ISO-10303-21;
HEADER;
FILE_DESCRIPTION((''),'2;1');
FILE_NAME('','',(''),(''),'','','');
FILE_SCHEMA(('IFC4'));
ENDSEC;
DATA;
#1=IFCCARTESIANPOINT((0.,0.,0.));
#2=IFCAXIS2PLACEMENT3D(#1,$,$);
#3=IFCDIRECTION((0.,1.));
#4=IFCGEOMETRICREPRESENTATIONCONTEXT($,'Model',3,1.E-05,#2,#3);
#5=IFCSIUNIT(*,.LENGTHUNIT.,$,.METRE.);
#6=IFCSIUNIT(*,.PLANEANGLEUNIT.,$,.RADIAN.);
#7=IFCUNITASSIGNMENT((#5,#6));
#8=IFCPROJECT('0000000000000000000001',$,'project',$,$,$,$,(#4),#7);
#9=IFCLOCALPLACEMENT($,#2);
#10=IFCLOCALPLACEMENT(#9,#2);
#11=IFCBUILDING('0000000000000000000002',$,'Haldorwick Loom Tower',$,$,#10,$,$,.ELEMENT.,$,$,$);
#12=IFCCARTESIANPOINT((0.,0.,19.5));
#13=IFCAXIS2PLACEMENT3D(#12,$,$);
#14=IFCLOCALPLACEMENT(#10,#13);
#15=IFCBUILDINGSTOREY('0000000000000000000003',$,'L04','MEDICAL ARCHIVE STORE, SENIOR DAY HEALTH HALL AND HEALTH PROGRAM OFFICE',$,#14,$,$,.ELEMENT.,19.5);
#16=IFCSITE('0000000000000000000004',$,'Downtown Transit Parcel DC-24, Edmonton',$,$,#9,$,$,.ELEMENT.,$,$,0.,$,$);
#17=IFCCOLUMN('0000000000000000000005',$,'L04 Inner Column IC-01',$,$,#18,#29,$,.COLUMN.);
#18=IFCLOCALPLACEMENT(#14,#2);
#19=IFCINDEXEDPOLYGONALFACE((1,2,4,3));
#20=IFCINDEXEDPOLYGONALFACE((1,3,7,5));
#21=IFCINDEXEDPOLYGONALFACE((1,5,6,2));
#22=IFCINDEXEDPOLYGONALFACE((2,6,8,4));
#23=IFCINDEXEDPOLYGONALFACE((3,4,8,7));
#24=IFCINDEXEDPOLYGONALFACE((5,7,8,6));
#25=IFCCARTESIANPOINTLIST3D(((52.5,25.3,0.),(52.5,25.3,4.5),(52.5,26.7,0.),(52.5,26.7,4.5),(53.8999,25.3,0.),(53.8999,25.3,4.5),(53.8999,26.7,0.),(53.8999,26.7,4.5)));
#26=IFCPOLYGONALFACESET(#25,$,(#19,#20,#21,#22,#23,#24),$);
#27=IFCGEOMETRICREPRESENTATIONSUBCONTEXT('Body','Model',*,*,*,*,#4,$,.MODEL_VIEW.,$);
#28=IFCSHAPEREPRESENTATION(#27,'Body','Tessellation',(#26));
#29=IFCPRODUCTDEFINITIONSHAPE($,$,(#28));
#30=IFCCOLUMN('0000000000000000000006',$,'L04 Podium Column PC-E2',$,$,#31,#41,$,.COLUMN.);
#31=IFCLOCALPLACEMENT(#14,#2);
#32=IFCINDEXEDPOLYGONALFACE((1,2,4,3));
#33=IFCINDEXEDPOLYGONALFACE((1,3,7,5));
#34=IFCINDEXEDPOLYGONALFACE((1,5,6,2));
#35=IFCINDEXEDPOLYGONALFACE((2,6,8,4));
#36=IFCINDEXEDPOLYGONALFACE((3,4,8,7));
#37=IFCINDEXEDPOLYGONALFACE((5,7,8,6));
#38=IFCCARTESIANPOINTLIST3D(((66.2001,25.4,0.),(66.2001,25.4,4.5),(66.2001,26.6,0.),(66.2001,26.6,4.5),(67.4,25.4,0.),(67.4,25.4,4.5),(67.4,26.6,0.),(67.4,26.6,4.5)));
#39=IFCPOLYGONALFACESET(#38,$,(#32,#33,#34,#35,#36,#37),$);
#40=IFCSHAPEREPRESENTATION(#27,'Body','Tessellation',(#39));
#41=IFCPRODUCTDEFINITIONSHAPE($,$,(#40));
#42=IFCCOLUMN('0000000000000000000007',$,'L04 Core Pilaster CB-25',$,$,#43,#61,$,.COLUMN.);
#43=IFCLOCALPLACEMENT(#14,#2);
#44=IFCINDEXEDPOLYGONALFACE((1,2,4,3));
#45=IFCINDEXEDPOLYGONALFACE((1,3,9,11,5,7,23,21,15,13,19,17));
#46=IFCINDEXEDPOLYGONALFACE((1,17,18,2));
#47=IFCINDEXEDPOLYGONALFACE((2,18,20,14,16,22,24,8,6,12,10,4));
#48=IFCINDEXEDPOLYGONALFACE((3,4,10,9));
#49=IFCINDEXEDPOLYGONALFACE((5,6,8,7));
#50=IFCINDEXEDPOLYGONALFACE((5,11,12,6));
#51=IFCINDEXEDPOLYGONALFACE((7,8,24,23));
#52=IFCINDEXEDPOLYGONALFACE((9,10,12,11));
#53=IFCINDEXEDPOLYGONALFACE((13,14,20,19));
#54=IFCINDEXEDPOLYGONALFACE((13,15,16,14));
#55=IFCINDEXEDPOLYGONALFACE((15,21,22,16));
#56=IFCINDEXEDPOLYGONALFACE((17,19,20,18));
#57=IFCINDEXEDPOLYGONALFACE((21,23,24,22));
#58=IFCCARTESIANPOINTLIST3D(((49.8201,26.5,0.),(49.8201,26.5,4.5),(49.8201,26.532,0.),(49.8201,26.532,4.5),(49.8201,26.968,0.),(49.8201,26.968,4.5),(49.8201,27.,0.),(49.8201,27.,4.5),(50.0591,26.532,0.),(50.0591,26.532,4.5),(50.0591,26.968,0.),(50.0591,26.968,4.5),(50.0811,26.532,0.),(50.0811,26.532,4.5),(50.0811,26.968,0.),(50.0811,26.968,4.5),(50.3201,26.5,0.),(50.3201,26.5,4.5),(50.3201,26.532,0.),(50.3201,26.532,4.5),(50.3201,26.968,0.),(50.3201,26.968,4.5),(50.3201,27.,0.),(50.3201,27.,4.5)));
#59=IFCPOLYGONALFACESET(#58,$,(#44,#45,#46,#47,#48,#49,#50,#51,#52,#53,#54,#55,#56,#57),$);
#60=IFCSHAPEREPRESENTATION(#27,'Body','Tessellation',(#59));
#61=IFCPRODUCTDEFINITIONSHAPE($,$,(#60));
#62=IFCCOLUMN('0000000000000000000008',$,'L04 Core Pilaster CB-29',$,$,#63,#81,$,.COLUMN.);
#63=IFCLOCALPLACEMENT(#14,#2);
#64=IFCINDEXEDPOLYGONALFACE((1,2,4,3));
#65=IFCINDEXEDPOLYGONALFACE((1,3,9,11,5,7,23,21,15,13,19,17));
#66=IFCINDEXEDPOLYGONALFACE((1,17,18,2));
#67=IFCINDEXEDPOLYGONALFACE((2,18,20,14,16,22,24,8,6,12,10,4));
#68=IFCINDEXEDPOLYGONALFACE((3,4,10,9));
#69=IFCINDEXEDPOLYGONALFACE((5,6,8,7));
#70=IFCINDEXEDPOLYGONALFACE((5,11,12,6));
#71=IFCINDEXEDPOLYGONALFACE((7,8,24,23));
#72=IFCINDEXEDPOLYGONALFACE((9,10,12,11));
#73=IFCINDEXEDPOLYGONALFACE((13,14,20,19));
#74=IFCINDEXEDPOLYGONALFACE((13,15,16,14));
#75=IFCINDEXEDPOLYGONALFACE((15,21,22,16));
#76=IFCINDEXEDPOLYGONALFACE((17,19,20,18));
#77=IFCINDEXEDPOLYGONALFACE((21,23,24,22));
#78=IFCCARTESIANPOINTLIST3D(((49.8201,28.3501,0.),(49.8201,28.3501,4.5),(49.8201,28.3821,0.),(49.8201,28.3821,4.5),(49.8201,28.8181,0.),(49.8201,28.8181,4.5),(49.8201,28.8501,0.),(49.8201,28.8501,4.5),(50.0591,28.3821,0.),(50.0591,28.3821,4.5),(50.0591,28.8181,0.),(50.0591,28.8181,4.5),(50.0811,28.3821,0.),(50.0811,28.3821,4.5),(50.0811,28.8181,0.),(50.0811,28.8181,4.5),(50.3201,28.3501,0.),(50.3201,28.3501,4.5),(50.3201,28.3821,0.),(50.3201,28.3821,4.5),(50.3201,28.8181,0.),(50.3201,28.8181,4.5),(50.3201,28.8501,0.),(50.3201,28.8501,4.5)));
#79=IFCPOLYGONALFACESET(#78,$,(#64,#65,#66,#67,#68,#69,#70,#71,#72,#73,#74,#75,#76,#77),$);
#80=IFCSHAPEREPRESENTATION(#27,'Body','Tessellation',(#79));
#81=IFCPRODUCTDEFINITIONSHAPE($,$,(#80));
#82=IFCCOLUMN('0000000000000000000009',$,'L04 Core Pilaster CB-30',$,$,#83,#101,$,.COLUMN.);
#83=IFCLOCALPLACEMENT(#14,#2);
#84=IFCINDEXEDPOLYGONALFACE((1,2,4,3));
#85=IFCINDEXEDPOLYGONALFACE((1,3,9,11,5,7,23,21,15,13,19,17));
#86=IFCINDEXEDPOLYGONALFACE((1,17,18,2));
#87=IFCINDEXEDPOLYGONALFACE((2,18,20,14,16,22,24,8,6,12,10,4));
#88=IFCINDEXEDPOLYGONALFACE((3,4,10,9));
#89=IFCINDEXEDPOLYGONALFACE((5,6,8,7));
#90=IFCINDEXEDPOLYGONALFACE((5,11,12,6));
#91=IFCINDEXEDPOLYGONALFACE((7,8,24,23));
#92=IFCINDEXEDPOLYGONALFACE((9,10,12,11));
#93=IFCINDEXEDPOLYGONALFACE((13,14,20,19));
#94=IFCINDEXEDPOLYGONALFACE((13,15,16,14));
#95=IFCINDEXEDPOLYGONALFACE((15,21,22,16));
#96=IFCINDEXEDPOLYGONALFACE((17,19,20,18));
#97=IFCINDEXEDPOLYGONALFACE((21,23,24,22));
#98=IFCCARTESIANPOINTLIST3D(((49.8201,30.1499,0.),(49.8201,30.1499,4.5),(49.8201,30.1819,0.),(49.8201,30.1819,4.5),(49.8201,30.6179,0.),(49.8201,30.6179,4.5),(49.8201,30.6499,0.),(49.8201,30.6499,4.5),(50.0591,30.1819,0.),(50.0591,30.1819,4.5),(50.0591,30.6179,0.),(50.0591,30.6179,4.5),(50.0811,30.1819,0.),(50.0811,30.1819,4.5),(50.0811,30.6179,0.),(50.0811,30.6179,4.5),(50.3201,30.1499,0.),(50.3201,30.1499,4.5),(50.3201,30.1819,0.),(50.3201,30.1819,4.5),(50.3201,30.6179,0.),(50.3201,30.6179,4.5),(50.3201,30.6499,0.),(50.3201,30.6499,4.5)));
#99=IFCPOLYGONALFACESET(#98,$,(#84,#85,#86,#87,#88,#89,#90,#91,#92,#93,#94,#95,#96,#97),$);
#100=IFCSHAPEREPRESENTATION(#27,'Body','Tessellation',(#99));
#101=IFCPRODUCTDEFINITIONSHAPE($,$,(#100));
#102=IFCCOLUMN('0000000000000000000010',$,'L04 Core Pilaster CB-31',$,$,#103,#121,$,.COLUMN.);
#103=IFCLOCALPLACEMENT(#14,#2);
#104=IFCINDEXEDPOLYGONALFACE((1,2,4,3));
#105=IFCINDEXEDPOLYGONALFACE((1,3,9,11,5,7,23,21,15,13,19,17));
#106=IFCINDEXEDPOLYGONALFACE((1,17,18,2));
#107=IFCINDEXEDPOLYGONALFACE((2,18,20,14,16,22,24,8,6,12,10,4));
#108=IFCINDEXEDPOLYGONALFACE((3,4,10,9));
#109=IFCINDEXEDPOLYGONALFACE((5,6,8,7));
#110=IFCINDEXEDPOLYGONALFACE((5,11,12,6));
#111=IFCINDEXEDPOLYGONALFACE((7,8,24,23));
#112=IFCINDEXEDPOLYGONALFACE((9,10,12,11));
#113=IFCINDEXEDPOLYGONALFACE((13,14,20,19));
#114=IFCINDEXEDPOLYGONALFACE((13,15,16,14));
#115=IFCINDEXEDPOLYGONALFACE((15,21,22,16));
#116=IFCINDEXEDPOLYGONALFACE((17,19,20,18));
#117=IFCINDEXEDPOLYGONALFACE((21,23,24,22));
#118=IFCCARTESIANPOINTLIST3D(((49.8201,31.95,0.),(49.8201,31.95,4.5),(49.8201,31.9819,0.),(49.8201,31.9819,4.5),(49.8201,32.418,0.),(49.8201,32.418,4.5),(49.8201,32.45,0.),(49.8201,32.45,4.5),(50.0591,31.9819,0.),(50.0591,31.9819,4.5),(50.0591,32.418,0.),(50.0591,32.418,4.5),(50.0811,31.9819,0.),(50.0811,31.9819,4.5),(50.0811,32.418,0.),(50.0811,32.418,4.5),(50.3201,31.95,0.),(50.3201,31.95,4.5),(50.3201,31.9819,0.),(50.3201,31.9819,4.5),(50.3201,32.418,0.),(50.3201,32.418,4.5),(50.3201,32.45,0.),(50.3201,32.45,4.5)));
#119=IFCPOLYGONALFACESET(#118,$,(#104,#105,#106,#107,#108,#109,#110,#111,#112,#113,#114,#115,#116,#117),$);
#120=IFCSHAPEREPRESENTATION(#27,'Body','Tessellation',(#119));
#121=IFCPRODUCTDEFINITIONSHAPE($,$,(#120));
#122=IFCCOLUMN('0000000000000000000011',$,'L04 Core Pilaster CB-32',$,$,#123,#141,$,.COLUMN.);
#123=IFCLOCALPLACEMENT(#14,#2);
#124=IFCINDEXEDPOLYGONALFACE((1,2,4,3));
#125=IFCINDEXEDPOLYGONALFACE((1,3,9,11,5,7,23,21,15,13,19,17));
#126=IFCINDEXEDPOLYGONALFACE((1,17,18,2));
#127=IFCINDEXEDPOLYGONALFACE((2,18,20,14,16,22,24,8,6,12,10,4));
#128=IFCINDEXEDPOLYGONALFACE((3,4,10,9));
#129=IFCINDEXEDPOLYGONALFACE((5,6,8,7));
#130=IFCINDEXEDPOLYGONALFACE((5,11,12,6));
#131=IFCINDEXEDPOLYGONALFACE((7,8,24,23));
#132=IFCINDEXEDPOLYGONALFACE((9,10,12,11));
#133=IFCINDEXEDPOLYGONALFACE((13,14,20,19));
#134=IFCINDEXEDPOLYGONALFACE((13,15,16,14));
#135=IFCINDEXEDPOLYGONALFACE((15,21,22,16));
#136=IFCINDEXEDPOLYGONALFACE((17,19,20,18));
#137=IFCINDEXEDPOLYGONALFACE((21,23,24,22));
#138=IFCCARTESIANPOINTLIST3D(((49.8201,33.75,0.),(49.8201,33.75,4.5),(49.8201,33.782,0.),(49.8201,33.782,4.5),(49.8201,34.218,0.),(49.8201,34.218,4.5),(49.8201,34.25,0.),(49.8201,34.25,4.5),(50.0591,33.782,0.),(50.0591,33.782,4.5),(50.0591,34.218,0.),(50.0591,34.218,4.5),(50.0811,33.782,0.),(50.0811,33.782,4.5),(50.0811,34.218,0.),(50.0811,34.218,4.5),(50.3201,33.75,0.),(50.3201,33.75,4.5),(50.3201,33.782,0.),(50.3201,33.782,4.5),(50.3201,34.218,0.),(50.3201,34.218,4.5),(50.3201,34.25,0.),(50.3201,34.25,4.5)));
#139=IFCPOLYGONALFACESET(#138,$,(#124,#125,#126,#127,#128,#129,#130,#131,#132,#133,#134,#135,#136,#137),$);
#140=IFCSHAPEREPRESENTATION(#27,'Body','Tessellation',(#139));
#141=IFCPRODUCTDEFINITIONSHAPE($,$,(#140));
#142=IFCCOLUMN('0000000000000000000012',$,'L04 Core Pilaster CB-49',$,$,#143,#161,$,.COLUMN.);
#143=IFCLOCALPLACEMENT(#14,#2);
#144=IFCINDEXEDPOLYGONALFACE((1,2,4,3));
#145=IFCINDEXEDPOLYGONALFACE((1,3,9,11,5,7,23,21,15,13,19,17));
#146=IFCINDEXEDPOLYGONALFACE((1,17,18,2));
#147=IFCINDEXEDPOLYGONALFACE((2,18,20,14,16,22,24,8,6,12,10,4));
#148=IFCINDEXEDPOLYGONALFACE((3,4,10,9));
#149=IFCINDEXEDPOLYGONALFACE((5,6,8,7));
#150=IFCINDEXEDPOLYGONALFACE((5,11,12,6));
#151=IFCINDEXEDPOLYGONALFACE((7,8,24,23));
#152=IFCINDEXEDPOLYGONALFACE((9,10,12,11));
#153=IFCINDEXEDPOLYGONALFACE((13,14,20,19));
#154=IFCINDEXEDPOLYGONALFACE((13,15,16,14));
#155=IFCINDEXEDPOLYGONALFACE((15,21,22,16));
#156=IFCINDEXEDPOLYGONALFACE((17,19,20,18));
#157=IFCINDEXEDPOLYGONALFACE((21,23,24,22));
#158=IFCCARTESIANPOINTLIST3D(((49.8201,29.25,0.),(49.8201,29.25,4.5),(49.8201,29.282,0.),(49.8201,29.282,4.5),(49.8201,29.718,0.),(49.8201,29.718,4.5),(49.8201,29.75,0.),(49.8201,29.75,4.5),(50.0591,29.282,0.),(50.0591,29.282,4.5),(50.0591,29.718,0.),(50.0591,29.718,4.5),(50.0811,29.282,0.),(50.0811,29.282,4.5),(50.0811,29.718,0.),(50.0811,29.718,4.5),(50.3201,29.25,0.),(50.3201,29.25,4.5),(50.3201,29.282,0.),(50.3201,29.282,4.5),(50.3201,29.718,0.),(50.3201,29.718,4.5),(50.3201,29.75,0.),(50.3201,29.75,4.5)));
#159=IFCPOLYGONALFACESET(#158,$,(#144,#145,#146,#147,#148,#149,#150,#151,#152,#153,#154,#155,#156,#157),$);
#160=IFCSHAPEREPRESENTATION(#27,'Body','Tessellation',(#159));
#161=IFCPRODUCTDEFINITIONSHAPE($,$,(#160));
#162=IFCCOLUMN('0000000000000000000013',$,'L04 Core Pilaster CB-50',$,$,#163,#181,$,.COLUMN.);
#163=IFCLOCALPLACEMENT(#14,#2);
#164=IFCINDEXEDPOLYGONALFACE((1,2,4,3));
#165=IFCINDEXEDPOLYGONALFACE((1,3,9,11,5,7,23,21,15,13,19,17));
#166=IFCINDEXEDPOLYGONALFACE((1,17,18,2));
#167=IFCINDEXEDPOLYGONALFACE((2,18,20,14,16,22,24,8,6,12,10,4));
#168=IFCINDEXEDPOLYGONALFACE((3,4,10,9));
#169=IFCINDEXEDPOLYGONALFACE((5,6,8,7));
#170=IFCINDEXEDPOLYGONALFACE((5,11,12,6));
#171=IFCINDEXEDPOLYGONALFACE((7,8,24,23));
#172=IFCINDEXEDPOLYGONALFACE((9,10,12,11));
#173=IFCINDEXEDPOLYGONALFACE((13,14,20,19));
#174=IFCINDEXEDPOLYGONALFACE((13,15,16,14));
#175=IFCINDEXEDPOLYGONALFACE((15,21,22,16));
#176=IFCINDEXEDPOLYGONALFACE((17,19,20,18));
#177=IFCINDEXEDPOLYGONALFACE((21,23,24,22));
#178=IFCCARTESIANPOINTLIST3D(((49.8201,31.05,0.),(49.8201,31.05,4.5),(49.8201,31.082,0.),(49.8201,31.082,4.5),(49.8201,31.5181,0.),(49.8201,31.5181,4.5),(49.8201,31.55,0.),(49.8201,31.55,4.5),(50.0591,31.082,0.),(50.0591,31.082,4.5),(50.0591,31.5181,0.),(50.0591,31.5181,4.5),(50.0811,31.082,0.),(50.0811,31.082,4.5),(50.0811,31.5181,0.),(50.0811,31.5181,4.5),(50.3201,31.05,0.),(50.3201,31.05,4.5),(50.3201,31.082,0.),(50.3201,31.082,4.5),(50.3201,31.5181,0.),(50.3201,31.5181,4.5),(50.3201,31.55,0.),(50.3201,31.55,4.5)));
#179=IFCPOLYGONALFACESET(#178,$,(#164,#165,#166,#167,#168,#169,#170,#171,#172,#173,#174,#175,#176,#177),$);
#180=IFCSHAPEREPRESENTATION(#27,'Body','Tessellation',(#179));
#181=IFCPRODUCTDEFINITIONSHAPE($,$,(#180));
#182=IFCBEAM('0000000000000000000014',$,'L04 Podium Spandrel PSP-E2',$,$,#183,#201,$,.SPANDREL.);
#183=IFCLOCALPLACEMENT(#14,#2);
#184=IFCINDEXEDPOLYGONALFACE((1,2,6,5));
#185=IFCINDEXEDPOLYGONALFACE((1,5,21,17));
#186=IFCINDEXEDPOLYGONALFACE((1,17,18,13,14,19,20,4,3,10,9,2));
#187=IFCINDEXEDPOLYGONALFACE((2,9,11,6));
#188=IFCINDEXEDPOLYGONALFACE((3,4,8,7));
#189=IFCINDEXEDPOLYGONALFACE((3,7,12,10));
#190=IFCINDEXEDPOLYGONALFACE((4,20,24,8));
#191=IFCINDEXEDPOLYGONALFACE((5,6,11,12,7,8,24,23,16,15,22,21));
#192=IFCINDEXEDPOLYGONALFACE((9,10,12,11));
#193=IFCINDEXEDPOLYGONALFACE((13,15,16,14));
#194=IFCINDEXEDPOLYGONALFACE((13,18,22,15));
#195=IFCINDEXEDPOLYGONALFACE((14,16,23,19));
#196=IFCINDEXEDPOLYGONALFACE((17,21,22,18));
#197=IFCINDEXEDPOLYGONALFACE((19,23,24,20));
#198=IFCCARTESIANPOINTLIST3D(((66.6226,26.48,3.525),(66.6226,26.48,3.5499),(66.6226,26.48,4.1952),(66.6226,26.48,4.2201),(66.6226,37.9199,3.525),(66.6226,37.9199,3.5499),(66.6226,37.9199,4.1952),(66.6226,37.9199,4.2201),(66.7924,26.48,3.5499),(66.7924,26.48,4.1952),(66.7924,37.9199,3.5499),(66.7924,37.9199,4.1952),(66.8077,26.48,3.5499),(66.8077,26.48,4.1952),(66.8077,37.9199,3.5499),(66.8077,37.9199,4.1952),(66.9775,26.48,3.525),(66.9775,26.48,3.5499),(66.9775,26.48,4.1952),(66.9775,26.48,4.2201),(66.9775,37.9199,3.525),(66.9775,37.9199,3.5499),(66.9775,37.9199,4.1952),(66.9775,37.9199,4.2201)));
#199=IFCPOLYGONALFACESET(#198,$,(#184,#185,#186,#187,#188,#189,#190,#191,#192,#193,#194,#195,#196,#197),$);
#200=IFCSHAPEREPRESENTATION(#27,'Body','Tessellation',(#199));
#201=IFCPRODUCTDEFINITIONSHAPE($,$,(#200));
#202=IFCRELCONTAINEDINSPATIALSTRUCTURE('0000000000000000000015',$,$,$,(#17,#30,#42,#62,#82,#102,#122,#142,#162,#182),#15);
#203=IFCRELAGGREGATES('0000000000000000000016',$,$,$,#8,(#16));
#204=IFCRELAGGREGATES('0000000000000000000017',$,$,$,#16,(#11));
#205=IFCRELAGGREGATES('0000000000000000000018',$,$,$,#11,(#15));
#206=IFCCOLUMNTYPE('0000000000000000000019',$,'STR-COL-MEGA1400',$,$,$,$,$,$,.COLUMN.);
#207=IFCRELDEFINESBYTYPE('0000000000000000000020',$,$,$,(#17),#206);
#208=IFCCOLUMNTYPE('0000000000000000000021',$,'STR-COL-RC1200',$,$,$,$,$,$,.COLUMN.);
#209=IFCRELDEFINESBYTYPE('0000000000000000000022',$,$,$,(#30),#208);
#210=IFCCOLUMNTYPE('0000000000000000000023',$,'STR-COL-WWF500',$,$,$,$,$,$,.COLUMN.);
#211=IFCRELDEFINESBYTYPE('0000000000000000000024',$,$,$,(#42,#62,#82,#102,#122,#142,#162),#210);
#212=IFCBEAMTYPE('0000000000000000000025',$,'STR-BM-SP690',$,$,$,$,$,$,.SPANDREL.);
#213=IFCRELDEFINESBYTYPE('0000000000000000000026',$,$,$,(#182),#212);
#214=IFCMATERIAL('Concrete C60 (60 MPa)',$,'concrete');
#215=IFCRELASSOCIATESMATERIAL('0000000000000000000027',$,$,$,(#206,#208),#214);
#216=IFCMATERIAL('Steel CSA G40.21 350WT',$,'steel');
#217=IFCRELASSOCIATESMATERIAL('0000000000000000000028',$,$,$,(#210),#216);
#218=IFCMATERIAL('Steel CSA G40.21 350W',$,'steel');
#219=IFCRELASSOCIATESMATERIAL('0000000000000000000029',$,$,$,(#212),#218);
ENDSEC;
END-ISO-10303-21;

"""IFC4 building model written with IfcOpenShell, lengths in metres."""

from ifc_helpers import new_model, si_unit, direction, frame, origin, origin_2d, place, context, subcontext, project, spatial, rectangle, i_section, extrude, material, material_profile, profile_set, type_object, element, save


model = new_model("IFC4")

# Units and contexts
model_context = context("Model", 3, precision=1e-05, world=origin(), true_north=direction((0.0, 1.0)))
body_context = subcontext(model_context, "Body", "Model", "MODEL_VIEW")
ifc_project = project(units=[si_unit("LENGTHUNIT", "METRE"), si_unit("PLANEANGLEUNIT", "RADIAN")], contexts=[model_context])

# Site, building, storey
site_placement = place(None, origin())
site = spatial("IfcSite", under=ifc_project, at=site_placement, Name="Downtown Transit Parcel DC-24, Edmonton", CompositionType="ELEMENT", RefElevation=0.0)
building_placement = place(site_placement, origin())
building = spatial("IfcBuilding", under=site, at=building_placement, Name="Haldorwick Loom Tower", CompositionType="ELEMENT")
storey_placement = place(building_placement, frame((0.0, 0.0, 19.5)))
storey = spatial("IfcBuildingStorey", under=building, at=storey_placement, Name="L04", Description="MEDICAL ARCHIVE STORE, SENIOR DAY HEALTH HALL AND HEALTH PROGRAM OFFICE", CompositionType="ELEMENT", Elevation=19.5)

# Columns
ifc_material_1 = material(Name="Concrete C60 (60 MPa)", Category="concrete")
ifc_material_profile_1 = material_profile(ifc_material_1, rectangle(XDim=1.3999, YDim=1.3999, at=origin_2d()), Name="RC1400X1400", Category="concrete")
ifc_profile_set_1 = profile_set([ifc_material_profile_1], Name="Concrete C60 (60 MPa)")
column_type_1 = type_object("IfcColumnType", Name="STR-COL-MEGA1400", PredefinedType="COLUMN", material=ifc_profile_set_1)
column_1_placement = place(storey_placement, frame((53.2, 26.0, 0.0), z_axis=(0.0, 0.0, 1.0), x_axis=(1.0, 0.0, 0.0)))
element("IfcColumn", 1, at=column_1_placement, inside=storey, type_object=column_type_1, Name="L04 Inner Column IC-01", PredefinedType="COLUMN", context=body_context, shape_type="SweptSolid", body=[
    extrude(rectangle(XDim=1.3999, YDim=1.3999, at=origin_2d()), origin(), (0.0, 0.0, 1.0), 4.5),
])
ifc_material_profile_2 = material_profile(ifc_material_1, rectangle(XDim=1.2, YDim=1.2, at=origin_2d()), Name="RC1200X1200", Category="concrete")
ifc_profile_set_2 = profile_set([ifc_material_profile_2], Name="Concrete C60 (60 MPa)")
column_type_2 = type_object("IfcColumnType", Name="STR-COL-RC1200", PredefinedType="COLUMN", material=ifc_profile_set_2)
column_2_placement = place(storey_placement, frame((66.8, 26.0, 0.0), z_axis=(0.0, 0.0, 1.0), x_axis=(1.0, 0.0, 0.0)))
element("IfcColumn", 2, at=column_2_placement, inside=storey, type_object=column_type_2, Name="L04 Podium Column PC-E2", PredefinedType="COLUMN", context=body_context, shape_type="SweptSolid", body=[
    extrude(rectangle(XDim=1.2, YDim=1.2, at=origin_2d()), origin(), (0.0, 0.0, 1.0), 4.5),
])
ifc_material_2 = material(Name="Steel CSA G40.21 350WT", Category="steel")
ifc_material_profile_3 = material_profile(ifc_material_2, i_section(OverallWidth=0.5, OverallDepth=0.5, WebThickness=0.022, FlangeThickness=0.032, at=origin_2d()), Name="WWF500X500", Category="steel")
ifc_profile_set_3 = profile_set([ifc_material_profile_3], Name="Steel CSA G40.21 350WT")
column_type_3 = type_object("IfcColumnType", Name="STR-COL-WWF500", PredefinedType="COLUMN", material=ifc_profile_set_3)
for number, where, z_axis, x_axis, name in (
    (3, (50.0701, 26.75, 0.0), (0.0, 0.0, 1.0), (1.0, 0.0, 0.0), "L04 Core Pilaster CB-25"),
    (4, (50.0701, 28.6001, 0.0), (0.0, 0.0, 1.0), (1.0, 0.0, 0.0), "L04 Core Pilaster CB-29"),
    (5, (50.0701, 30.3999, 0.0), (0.0, 0.0, 1.0), (1.0, 0.0, 0.0), "L04 Core Pilaster CB-30"),
    (6, (50.0701, 32.2, 0.0), (0.0, 0.0, 1.0), (1.0, 0.0, 0.0), "L04 Core Pilaster CB-31"),
    (7, (50.0701, 34.0, 0.0), (0.0, 0.0, 1.0), (1.0, 0.0, 0.0), "L04 Core Pilaster CB-32"),
    (8, (50.0701, 29.5, 0.0), (0.0, 0.0, 1.0), (1.0, 0.0, 0.0), "L04 Core Pilaster CB-49"),
    (9, (50.0701, 31.3, 0.0), (0.0, 0.0, 1.0), (1.0, 0.0, 0.0), "L04 Core Pilaster CB-50"),
):
    element("IfcColumn", number, at=place(storey_placement, frame(where, z_axis=z_axis, x_axis=x_axis)), inside=storey, type_object=column_type_3, Name=name, PredefinedType="COLUMN", context=body_context, shape_type="SweptSolid", body=[
        extrude(i_section(OverallWidth=0.5, OverallDepth=0.5, WebThickness=0.022, FlangeThickness=0.032, at=origin_2d()), origin(), (0.0, 0.0, 1.0), 4.5),
    ])

# Beam
ifc_material_3 = material(Name="Steel CSA G40.21 350W", Category="steel")
ifc_material_profile_4 = material_profile(ifc_material_3, i_section(OverallWidth=0.355, OverallDepth=0.6951, WebThickness=0.0154, FlangeThickness=0.0249, at=origin_2d()), Name="W690X217", Category="steel")
ifc_profile_set_4 = profile_set([ifc_material_profile_4], Name="Steel CSA G40.21 350W")
beam_type_1 = type_object("IfcBeamType", Name="STR-BM-SP690", PredefinedType="SPANDREL", material=ifc_profile_set_4)
beam_1_placement = place(storey_placement, frame((66.8, 26.48, 3.8726), z_axis=(0.0, 1.0, 0.0), x_axis=(-1.0, 0.0, 0.0)))
element("IfcBeam", 10, at=beam_1_placement, inside=storey, type_object=beam_type_1, Name="L04 Podium Spandrel PSP-E2", PredefinedType="SPANDREL", context=body_context, shape_type="SweptSolid", body=[
    extrude(i_section(OverallWidth=0.355, OverallDepth=0.6951, WebThickness=0.0154, FlangeThickness=0.0249, at=origin_2d()), origin(), (0.0, 0.0, 1.0), 11.4399),
])

save(model, "model.ifc")
